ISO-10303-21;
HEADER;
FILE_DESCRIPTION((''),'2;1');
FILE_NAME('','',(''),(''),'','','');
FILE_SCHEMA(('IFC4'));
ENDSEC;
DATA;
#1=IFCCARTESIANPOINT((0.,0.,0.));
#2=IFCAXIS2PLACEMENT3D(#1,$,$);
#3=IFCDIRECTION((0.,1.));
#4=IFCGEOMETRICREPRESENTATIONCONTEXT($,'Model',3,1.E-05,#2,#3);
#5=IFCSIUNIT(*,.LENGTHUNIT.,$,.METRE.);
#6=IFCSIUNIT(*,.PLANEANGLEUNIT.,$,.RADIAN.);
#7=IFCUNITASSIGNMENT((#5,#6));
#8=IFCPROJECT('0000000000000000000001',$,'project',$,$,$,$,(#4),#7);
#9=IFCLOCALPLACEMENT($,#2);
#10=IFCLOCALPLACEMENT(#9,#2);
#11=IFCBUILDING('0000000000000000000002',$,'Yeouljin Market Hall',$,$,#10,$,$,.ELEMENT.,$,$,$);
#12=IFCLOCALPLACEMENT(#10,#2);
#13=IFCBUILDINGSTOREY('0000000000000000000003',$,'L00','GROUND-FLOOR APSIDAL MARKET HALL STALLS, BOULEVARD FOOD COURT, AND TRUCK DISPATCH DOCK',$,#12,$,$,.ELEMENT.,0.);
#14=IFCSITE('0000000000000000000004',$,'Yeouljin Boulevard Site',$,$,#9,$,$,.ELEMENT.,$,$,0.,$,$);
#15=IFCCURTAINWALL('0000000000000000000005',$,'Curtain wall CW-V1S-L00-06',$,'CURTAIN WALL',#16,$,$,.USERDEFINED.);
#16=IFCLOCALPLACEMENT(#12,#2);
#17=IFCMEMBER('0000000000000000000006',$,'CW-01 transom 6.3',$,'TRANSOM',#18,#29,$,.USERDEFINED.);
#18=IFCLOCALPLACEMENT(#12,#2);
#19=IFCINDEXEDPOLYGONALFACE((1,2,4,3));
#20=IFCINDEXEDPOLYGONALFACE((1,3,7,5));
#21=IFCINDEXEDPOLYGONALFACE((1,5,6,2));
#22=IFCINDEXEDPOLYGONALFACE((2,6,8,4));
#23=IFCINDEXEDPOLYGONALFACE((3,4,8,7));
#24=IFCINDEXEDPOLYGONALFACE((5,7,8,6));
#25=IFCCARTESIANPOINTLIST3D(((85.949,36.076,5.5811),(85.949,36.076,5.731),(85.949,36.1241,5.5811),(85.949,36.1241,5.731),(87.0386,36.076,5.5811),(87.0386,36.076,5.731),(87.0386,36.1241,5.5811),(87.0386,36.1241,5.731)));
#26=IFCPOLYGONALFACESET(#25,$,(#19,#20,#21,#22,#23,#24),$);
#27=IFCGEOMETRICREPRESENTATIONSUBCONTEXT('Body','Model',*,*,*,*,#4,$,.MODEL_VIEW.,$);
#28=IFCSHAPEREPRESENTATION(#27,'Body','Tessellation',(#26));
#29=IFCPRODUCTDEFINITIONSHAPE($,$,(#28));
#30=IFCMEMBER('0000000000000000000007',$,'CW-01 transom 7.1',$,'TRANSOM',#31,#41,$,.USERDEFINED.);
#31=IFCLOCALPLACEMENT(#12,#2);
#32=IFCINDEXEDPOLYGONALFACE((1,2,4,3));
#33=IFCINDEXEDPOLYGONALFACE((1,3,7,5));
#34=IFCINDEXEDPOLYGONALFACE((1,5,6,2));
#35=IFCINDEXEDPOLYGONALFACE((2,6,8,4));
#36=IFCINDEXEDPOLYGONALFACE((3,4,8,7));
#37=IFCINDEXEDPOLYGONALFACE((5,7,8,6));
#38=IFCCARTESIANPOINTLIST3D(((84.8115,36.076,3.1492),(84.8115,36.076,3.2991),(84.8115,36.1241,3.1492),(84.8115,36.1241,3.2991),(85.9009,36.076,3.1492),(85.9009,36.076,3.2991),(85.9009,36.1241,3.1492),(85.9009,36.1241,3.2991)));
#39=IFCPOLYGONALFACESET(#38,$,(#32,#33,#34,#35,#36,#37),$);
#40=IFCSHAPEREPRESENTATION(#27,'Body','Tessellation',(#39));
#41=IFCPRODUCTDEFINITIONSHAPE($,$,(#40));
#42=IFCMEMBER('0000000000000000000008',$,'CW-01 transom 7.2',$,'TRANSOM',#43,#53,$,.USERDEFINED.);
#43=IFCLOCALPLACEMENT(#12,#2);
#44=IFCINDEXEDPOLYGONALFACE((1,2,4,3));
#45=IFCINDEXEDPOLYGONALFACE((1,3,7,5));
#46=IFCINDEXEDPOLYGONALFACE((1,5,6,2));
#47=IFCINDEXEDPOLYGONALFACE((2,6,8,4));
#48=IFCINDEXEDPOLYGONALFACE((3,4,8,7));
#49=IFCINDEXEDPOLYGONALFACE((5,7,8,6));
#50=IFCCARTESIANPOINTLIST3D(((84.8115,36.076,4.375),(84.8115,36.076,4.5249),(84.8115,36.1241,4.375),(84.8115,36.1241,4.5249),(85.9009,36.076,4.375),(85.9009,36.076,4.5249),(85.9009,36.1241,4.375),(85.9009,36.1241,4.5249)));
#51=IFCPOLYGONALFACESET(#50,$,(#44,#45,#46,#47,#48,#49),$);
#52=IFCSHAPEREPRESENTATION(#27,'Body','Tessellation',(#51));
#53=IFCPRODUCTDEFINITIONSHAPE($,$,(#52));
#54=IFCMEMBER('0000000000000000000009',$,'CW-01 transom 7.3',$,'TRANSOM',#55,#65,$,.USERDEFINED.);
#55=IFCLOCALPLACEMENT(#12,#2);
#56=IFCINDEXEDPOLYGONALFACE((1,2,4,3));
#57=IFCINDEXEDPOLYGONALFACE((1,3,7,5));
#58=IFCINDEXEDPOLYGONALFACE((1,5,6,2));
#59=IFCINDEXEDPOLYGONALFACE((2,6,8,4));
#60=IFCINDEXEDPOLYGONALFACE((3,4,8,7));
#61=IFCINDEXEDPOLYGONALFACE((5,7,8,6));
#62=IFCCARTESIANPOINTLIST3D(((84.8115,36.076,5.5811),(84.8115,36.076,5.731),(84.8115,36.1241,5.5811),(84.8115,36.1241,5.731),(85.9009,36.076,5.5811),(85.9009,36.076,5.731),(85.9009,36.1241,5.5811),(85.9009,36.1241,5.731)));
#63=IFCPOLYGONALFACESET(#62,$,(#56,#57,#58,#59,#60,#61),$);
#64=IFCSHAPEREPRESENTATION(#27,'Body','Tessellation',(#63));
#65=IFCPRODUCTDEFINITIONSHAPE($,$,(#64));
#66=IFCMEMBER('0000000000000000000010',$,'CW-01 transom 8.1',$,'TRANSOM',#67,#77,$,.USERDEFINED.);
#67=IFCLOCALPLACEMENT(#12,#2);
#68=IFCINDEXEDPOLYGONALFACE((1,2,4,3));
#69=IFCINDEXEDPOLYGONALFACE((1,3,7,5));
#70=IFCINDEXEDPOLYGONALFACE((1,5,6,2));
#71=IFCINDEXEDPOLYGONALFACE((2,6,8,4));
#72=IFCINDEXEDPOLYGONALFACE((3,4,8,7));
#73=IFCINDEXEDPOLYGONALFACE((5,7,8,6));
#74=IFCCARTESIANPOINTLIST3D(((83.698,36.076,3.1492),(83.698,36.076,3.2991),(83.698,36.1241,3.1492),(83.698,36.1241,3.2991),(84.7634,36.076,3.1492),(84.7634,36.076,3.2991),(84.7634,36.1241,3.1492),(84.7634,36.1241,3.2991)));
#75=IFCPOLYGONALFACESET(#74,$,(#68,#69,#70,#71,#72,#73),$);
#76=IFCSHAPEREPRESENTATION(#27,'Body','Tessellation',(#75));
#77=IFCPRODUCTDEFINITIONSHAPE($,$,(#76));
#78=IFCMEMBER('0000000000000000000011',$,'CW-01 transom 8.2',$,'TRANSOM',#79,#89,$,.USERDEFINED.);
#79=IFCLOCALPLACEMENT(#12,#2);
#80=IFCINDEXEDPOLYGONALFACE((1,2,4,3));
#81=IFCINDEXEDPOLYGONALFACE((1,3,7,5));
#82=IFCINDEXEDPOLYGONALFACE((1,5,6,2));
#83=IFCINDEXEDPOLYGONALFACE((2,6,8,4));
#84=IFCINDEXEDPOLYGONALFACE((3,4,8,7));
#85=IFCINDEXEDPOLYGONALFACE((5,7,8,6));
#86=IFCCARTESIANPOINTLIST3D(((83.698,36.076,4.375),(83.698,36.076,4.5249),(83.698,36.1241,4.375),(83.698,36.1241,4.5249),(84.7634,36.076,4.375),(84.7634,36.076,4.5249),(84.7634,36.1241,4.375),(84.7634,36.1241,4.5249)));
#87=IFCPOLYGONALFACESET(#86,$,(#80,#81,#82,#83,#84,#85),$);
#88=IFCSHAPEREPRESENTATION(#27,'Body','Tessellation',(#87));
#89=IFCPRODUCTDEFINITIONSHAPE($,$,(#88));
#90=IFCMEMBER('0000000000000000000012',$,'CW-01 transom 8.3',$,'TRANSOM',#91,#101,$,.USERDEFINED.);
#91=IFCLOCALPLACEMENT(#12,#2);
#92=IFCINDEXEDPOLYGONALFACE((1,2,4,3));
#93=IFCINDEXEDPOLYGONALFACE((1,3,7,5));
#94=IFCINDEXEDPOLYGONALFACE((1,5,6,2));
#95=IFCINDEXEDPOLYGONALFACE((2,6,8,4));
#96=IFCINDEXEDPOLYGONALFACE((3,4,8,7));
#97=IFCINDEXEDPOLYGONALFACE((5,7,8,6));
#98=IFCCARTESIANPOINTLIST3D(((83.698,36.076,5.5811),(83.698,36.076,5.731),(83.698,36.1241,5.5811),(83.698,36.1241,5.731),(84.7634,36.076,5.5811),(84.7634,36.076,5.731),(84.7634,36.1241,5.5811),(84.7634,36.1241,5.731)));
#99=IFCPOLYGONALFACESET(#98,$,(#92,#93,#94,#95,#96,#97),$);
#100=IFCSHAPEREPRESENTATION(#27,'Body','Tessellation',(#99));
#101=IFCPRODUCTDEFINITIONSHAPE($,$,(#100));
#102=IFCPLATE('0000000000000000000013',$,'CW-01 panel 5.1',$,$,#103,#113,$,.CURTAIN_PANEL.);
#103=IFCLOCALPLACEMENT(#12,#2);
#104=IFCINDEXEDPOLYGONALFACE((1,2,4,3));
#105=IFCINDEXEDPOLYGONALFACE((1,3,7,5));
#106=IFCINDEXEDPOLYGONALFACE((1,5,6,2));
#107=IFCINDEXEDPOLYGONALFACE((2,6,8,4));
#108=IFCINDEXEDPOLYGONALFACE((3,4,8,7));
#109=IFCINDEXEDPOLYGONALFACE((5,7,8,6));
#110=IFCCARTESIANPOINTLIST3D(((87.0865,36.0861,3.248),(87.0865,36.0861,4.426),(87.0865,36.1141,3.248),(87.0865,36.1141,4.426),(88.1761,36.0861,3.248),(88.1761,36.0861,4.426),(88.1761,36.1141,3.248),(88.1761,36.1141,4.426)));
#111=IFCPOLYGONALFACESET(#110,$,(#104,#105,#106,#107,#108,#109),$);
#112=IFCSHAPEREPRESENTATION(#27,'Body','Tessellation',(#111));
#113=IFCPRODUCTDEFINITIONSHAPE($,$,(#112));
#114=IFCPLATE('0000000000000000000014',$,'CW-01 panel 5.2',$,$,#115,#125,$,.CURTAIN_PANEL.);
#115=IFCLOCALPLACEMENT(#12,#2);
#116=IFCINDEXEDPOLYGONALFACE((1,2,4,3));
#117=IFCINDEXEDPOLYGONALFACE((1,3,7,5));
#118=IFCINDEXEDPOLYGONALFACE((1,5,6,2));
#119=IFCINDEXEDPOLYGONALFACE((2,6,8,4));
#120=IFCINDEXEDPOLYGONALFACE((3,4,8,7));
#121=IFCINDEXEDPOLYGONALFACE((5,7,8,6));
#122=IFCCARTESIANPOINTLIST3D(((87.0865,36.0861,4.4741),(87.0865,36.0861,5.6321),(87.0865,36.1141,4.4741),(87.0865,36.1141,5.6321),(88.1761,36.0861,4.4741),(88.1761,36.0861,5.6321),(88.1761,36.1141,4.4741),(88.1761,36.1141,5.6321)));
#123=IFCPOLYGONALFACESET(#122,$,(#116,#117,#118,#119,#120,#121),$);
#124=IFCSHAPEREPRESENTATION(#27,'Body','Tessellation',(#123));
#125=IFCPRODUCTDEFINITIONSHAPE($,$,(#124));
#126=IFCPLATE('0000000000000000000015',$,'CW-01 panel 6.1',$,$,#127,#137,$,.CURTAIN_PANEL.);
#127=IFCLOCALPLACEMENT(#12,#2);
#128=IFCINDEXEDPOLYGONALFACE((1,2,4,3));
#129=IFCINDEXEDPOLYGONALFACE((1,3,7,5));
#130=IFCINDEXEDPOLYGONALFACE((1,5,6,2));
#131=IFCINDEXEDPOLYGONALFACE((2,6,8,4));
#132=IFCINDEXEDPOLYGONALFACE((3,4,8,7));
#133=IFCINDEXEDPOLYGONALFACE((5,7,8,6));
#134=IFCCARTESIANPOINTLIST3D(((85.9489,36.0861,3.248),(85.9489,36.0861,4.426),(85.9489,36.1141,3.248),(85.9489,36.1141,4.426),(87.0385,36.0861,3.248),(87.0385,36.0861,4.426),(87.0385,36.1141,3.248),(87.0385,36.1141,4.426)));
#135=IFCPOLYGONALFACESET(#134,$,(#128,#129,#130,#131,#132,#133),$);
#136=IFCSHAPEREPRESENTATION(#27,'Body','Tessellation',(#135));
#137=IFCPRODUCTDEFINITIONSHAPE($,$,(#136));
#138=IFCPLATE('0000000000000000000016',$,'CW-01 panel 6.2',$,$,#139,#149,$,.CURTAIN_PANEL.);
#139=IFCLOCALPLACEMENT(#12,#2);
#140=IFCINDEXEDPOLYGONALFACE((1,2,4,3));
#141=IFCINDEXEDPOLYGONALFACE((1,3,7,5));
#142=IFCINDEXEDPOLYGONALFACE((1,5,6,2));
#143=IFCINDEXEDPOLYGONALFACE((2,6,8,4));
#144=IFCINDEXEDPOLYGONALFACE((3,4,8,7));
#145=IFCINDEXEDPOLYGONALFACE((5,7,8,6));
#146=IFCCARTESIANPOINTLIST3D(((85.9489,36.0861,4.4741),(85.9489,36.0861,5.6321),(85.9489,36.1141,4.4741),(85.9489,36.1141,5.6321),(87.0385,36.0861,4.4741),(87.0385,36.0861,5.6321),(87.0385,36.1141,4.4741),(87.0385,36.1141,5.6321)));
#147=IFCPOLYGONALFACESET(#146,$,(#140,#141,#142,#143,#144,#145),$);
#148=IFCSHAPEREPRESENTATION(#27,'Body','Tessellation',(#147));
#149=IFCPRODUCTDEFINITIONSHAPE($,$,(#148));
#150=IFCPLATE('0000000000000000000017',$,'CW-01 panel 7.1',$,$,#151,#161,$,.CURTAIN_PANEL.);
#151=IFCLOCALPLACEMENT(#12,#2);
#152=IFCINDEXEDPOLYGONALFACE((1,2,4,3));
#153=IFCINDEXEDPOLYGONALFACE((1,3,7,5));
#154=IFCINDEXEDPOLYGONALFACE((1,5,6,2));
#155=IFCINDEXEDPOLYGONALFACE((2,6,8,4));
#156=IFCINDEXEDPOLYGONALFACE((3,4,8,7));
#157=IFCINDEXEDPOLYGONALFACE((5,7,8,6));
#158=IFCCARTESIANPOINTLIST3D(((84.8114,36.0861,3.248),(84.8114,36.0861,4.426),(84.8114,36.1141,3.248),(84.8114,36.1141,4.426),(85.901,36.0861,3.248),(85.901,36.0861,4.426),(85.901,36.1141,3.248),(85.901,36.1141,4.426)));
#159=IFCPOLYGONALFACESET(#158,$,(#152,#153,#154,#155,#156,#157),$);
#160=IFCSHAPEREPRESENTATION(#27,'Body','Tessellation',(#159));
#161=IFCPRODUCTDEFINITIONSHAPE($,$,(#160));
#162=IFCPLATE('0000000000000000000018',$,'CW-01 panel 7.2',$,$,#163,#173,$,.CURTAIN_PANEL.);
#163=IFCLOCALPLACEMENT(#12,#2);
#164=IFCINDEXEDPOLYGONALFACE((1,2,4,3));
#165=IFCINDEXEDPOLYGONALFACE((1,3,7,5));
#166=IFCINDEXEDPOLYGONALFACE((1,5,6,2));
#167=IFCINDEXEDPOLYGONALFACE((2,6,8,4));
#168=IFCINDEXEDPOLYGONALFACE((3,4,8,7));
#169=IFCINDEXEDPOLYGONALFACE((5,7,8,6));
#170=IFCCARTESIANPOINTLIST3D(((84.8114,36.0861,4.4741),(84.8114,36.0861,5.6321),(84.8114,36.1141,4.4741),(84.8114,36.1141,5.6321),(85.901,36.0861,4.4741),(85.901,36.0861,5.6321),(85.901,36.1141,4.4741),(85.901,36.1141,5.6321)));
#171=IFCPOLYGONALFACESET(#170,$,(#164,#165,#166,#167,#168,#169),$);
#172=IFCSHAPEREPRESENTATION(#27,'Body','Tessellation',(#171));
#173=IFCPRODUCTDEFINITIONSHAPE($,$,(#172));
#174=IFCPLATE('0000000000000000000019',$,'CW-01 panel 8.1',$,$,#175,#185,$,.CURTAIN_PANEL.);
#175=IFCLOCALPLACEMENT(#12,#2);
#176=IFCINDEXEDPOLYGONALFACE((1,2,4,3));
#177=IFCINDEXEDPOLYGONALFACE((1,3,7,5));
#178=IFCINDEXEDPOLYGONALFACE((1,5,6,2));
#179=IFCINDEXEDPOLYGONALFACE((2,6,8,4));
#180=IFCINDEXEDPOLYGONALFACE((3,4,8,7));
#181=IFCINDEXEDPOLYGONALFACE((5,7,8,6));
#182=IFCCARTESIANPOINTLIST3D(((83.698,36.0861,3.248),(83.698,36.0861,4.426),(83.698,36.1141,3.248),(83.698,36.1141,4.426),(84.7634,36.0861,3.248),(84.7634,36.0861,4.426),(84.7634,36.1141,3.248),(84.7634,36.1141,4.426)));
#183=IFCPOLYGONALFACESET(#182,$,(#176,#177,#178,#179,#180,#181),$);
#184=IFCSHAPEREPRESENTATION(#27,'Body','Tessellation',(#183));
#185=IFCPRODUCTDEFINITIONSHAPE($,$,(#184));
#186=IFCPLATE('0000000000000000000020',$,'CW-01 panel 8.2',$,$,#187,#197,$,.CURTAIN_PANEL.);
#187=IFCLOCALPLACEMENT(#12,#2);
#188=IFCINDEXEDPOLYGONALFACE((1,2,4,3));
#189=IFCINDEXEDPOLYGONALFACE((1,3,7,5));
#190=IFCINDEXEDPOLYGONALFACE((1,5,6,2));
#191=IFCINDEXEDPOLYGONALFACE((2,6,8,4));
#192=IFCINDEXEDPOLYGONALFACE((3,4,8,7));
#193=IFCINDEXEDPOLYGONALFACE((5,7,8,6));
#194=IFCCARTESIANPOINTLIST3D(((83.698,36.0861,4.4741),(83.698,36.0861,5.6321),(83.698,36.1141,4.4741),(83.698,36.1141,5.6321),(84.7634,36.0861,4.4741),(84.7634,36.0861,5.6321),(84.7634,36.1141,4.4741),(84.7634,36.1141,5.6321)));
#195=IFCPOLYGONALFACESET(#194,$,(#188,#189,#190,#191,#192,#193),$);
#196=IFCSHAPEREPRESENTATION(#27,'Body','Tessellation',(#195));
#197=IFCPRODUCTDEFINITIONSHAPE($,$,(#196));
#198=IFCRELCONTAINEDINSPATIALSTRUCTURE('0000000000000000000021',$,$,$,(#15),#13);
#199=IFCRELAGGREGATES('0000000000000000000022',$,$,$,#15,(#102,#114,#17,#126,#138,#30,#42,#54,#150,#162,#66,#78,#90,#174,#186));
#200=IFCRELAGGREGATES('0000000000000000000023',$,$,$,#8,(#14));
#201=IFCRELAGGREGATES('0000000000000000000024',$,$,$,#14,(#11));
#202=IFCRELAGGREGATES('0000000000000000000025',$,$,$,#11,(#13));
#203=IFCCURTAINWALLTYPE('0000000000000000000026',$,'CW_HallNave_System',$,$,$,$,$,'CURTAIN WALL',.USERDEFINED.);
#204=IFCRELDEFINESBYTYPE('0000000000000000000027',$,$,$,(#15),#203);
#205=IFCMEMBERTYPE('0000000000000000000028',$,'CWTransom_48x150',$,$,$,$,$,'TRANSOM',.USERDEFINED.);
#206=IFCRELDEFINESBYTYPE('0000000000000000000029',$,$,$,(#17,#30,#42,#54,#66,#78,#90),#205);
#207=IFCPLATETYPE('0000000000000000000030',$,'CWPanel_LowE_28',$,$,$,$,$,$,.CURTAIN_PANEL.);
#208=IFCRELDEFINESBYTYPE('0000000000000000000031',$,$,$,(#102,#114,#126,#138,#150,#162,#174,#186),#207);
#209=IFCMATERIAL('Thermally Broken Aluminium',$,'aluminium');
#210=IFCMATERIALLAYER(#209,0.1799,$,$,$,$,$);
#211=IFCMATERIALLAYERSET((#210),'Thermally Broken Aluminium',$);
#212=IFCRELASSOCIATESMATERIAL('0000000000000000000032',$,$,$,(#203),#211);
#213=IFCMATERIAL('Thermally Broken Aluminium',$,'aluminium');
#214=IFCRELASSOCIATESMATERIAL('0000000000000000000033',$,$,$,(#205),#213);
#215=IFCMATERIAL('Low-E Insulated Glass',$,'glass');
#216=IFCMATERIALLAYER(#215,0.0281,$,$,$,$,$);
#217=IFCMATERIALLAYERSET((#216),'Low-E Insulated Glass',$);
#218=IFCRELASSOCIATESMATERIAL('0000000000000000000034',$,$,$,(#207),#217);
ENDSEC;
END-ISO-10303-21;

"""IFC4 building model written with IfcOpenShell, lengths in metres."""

from ifc_helpers import new_model, si_unit, direction, frame, origin, origin_2d, place, context, subcontext, project, spatial, rectangle, extrude, material, layer, layer_set, material_profile, profile_set, type_object, element, aggregate, save


model = new_model("IFC4")

# Units and contexts
model_context = context("Model", 3, precision=1e-05, world=origin(), true_north=direction((0.0, 1.0)))
body_context = subcontext(model_context, "Body", "Model", "MODEL_VIEW")
ifc_project = project(units=[si_unit("LENGTHUNIT", "METRE"), si_unit("PLANEANGLEUNIT", "RADIAN")], contexts=[model_context])

# Site, building, storey
site_placement = place(None, origin())
site = spatial("IfcSite", under=ifc_project, at=site_placement, Name="Yeouljin Boulevard Site", CompositionType="ELEMENT", RefElevation=0.0)
building_placement = place(site_placement, origin())
building = spatial("IfcBuilding", under=site, at=building_placement, Name="Yeouljin Market Hall", CompositionType="ELEMENT")
storey_placement = place(building_placement, origin())
storey = spatial("IfcBuildingStorey", under=building, at=storey_placement, Name="L00", Description="GROUND-FLOOR APSIDAL MARKET HALL STALLS, BOULEVARD FOOD COURT, AND TRUCK DISPATCH DOCK", CompositionType="ELEMENT", Elevation=0.0)

# Shared definitions
ifc_material_1 = material(Name="Thermally Broken Aluminium", Category="aluminium")
ifc_layer_1 = layer(ifc_material_1, 0.1799)
ifc_layer_set_1 = layer_set([ifc_layer_1], Name="Thermally Broken Aluminium")
curtain_wall_type = type_object("IfcCurtainWallType", Name="CW_HallNave_System", ElementType="CURTAIN WALL", PredefinedType="USERDEFINED", material=ifc_layer_set_1)

# Curtain wall
curtain_wall_1_placement = place(storey_placement, origin())
curtain_wall_1 = element("IfcCurtainWall", 1, at=curtain_wall_1_placement, inside=storey, type_object=curtain_wall_type, Name="Curtain wall CW-V1S-L00-06", ObjectType="CURTAIN WALL", PredefinedType="USERDEFINED")

# Members
ifc_material_2 = material(Name="Thermally Broken Aluminium", Category="aluminium")
ifc_material_profile_1 = material_profile(ifc_material_2, rectangle(XDim=0.0481, YDim=0.1499, at=origin_2d()), Name="CW-TRAN-48x150")
ifc_profile_set_1 = profile_set([ifc_material_profile_1], Name="Thermally Broken Aluminium")
member_type_1 = type_object("IfcMemberType", Name="CWTransom_48x150", ElementType="TRANSOM", PredefinedType="USERDEFINED", material=ifc_profile_set_1)
member_1_placement = place(storey_placement, frame((87.0386, 36.1001, 5.656), z_axis=(-1.0, 0.0, 0.0), x_axis=(0.0, -1.0, 0.0)))
member_1 = element("IfcMember", 2, at=member_1_placement, type_object=member_type_1, Name="CW-01 transom 6.3", ObjectType="TRANSOM", PredefinedType="USERDEFINED", context=body_context, shape_type="SweptSolid", body=[
    extrude(rectangle(XDim=0.0481, YDim=0.1499, at=origin_2d()), origin(), (0.0, 0.0, 1.0), 1.0896),
])
member_2_placement = place(storey_placement, frame((85.9009, 36.1001, 3.2241), z_axis=(-1.0, 0.0, 0.0), x_axis=(0.0, -1.0, 0.0)))
member_2 = element("IfcMember", 3, at=member_2_placement, type_object=member_type_1, Name="CW-01 transom 7.1", ObjectType="TRANSOM", PredefinedType="USERDEFINED", context=body_context, shape_type="SweptSolid", body=[
    extrude(rectangle(XDim=0.0481, YDim=0.1499, at=origin_2d()), origin(), (0.0, 0.0, 1.0), 1.0894),
])
member_3_placement = place(storey_placement, frame((85.9009, 36.1001, 4.45), z_axis=(-1.0, 0.0, 0.0), x_axis=(0.0, -1.0, 0.0)))
member_3 = element("IfcMember", 4, at=member_3_placement, type_object=member_type_1, Name="CW-01 transom 7.2", ObjectType="TRANSOM", PredefinedType="USERDEFINED", context=body_context, shape_type="SweptSolid", body=[
    extrude(rectangle(XDim=0.0481, YDim=0.1499, at=origin_2d()), origin(), (0.0, 0.0, 1.0), 1.0894),
])
member_4_placement = place(storey_placement, frame((85.9009, 36.1001, 5.656), z_axis=(-1.0, 0.0, 0.0), x_axis=(0.0, -1.0, 0.0)))
member_4 = element("IfcMember", 5, at=member_4_placement, type_object=member_type_1, Name="CW-01 transom 7.3", ObjectType="TRANSOM", PredefinedType="USERDEFINED", context=body_context, shape_type="SweptSolid", body=[
    extrude(rectangle(XDim=0.0481, YDim=0.1499, at=origin_2d()), origin(), (0.0, 0.0, 1.0), 1.0894),
])
member_5_placement = place(storey_placement, frame((84.7634, 36.1001, 3.2241), z_axis=(-1.0, 0.0, 0.0), x_axis=(0.0, -1.0, 0.0)))
member_5 = element("IfcMember", 6, at=member_5_placement, type_object=member_type_1, Name="CW-01 transom 8.1", ObjectType="TRANSOM", PredefinedType="USERDEFINED", context=body_context, shape_type="SweptSolid", body=[
    extrude(rectangle(XDim=0.0481, YDim=0.1499, at=origin_2d()), origin(), (0.0, 0.0, 1.0), 1.0654),
])
member_6_placement = place(storey_placement, frame((84.7634, 36.1001, 4.45), z_axis=(-1.0, 0.0, 0.0), x_axis=(0.0, -1.0, 0.0)))
member_6 = element("IfcMember", 7, at=member_6_placement, type_object=member_type_1, Name="CW-01 transom 8.2", ObjectType="TRANSOM", PredefinedType="USERDEFINED", context=body_context, shape_type="SweptSolid", body=[
    extrude(rectangle(XDim=0.0481, YDim=0.1499, at=origin_2d()), origin(), (0.0, 0.0, 1.0), 1.0654),
])
member_7_placement = place(storey_placement, frame((84.7634, 36.1001, 5.656), z_axis=(-1.0, 0.0, 0.0), x_axis=(0.0, -1.0, 0.0)))
member_7 = element("IfcMember", 8, at=member_7_placement, type_object=member_type_1, Name="CW-01 transom 8.3", ObjectType="TRANSOM", PredefinedType="USERDEFINED", context=body_context, shape_type="SweptSolid", body=[
    extrude(rectangle(XDim=0.0481, YDim=0.1499, at=origin_2d()), origin(), (0.0, 0.0, 1.0), 1.0654),
])

# Plates
ifc_material_3 = material(Name="Low-E Insulated Glass", Category="glass")
ifc_layer_2 = layer(ifc_material_3, 0.0281)
ifc_layer_set_2 = layer_set([ifc_layer_2], Name="Low-E Insulated Glass")
plate_type_1 = type_object("IfcPlateType", Name="CWPanel_LowE_28", PredefinedType="CURTAIN_PANEL", material=ifc_layer_set_2)
plate_1_placement = place(storey_placement, frame((87.6313, 36.1001, 3.248), z_axis=(0.0, 0.0, 1.0), x_axis=(-1.0, 0.0, 0.0)))
plate_1 = element("IfcPlate", 9, at=plate_1_placement, type_object=plate_type_1, Name="CW-01 panel 5.1", PredefinedType="CURTAIN_PANEL", context=body_context, shape_type="SweptSolid", body=[
    extrude(rectangle(XDim=1.0896, YDim=0.0281, at=origin_2d()), origin(), (0.0, 0.0, 1.0), 1.178),
])
plate_2_placement = place(storey_placement, frame((87.6313, 36.1001, 4.4741), z_axis=(0.0, 0.0, 1.0), x_axis=(-1.0, 0.0, 0.0)))
plate_2 = element("IfcPlate", 10, at=plate_2_placement, type_object=plate_type_1, Name="CW-01 panel 5.2", PredefinedType="CURTAIN_PANEL", context=body_context, shape_type="SweptSolid", body=[
    extrude(rectangle(XDim=1.0896, YDim=0.0281, at=origin_2d()), origin(), (0.0, 0.0, 1.0), 1.158),
])
plate_3_placement = place(storey_placement, frame((86.4937, 36.1001, 3.248), z_axis=(0.0, 0.0, 1.0), x_axis=(-1.0, 0.0, 0.0)))
plate_3 = element("IfcPlate", 11, at=plate_3_placement, type_object=plate_type_1, Name="CW-01 panel 6.1", PredefinedType="CURTAIN_PANEL", context=body_context, shape_type="SweptSolid", body=[
    extrude(rectangle(XDim=1.0896, YDim=0.0281, at=origin_2d()), origin(), (0.0, 0.0, 1.0), 1.178),
])
plate_4_placement = place(storey_placement, frame((86.4937, 36.1001, 4.4741), z_axis=(0.0, 0.0, 1.0), x_axis=(-1.0, 0.0, 0.0)))
plate_4 = element("IfcPlate", 12, at=plate_4_placement, type_object=plate_type_1, Name="CW-01 panel 6.2", PredefinedType="CURTAIN_PANEL", context=body_context, shape_type="SweptSolid", body=[
    extrude(rectangle(XDim=1.0896, YDim=0.0281, at=origin_2d()), origin(), (0.0, 0.0, 1.0), 1.158),
])
plate_5_placement = place(storey_placement, frame((85.3562, 36.1001, 3.248), z_axis=(0.0, 0.0, 1.0), x_axis=(-1.0, 0.0, 0.0)))
plate_5 = element("IfcPlate", 13, at=plate_5_placement, type_object=plate_type_1, Name="CW-01 panel 7.1", PredefinedType="CURTAIN_PANEL", context=body_context, shape_type="SweptSolid", body=[
    extrude(rectangle(XDim=1.0896, YDim=0.0281, at=origin_2d()), origin(), (0.0, 0.0, 1.0), 1.178),
])
plate_6_placement = place(storey_placement, frame((85.3562, 36.1001, 4.4741), z_axis=(0.0, 0.0, 1.0), x_axis=(-1.0, 0.0, 0.0)))
plate_6 = element("IfcPlate", 14, at=plate_6_placement, type_object=plate_type_1, Name="CW-01 panel 7.2", PredefinedType="CURTAIN_PANEL", context=body_context, shape_type="SweptSolid", body=[
    extrude(rectangle(XDim=1.0896, YDim=0.0281, at=origin_2d()), origin(), (0.0, 0.0, 1.0), 1.158),
])
plate_7_placement = place(storey_placement, frame((84.2307, 36.1001, 3.248), z_axis=(0.0, 0.0, 1.0), x_axis=(-1.0, 0.0, 0.0)))
plate_7 = element("IfcPlate", 15, at=plate_7_placement, type_object=plate_type_1, Name="CW-01 panel 8.1", PredefinedType="CURTAIN_PANEL", context=body_context, shape_type="SweptSolid", body=[
    extrude(rectangle(XDim=1.0654, YDim=0.0281, at=origin_2d()), origin(), (0.0, 0.0, 1.0), 1.178),
])
plate_8_placement = place(storey_placement, frame((84.2307, 36.1001, 4.4741), z_axis=(0.0, 0.0, 1.0), x_axis=(-1.0, 0.0, 0.0)))
plate_8 = element("IfcPlate", 16, at=plate_8_placement, type_object=plate_type_1, Name="CW-01 panel 8.2", PredefinedType="CURTAIN_PANEL", context=body_context, shape_type="SweptSolid", body=[
    extrude(rectangle(XDim=1.0654, YDim=0.0281, at=origin_2d()), origin(), (0.0, 0.0, 1.0), 1.158),
])
aggregate(curtain_wall_1, [plate_1, plate_2, member_1, plate_3, plate_4, member_2, member_3, member_4, plate_5, plate_6, member_5, member_6, member_7, plate_7, plate_8])

save(model, "model.ifc")
